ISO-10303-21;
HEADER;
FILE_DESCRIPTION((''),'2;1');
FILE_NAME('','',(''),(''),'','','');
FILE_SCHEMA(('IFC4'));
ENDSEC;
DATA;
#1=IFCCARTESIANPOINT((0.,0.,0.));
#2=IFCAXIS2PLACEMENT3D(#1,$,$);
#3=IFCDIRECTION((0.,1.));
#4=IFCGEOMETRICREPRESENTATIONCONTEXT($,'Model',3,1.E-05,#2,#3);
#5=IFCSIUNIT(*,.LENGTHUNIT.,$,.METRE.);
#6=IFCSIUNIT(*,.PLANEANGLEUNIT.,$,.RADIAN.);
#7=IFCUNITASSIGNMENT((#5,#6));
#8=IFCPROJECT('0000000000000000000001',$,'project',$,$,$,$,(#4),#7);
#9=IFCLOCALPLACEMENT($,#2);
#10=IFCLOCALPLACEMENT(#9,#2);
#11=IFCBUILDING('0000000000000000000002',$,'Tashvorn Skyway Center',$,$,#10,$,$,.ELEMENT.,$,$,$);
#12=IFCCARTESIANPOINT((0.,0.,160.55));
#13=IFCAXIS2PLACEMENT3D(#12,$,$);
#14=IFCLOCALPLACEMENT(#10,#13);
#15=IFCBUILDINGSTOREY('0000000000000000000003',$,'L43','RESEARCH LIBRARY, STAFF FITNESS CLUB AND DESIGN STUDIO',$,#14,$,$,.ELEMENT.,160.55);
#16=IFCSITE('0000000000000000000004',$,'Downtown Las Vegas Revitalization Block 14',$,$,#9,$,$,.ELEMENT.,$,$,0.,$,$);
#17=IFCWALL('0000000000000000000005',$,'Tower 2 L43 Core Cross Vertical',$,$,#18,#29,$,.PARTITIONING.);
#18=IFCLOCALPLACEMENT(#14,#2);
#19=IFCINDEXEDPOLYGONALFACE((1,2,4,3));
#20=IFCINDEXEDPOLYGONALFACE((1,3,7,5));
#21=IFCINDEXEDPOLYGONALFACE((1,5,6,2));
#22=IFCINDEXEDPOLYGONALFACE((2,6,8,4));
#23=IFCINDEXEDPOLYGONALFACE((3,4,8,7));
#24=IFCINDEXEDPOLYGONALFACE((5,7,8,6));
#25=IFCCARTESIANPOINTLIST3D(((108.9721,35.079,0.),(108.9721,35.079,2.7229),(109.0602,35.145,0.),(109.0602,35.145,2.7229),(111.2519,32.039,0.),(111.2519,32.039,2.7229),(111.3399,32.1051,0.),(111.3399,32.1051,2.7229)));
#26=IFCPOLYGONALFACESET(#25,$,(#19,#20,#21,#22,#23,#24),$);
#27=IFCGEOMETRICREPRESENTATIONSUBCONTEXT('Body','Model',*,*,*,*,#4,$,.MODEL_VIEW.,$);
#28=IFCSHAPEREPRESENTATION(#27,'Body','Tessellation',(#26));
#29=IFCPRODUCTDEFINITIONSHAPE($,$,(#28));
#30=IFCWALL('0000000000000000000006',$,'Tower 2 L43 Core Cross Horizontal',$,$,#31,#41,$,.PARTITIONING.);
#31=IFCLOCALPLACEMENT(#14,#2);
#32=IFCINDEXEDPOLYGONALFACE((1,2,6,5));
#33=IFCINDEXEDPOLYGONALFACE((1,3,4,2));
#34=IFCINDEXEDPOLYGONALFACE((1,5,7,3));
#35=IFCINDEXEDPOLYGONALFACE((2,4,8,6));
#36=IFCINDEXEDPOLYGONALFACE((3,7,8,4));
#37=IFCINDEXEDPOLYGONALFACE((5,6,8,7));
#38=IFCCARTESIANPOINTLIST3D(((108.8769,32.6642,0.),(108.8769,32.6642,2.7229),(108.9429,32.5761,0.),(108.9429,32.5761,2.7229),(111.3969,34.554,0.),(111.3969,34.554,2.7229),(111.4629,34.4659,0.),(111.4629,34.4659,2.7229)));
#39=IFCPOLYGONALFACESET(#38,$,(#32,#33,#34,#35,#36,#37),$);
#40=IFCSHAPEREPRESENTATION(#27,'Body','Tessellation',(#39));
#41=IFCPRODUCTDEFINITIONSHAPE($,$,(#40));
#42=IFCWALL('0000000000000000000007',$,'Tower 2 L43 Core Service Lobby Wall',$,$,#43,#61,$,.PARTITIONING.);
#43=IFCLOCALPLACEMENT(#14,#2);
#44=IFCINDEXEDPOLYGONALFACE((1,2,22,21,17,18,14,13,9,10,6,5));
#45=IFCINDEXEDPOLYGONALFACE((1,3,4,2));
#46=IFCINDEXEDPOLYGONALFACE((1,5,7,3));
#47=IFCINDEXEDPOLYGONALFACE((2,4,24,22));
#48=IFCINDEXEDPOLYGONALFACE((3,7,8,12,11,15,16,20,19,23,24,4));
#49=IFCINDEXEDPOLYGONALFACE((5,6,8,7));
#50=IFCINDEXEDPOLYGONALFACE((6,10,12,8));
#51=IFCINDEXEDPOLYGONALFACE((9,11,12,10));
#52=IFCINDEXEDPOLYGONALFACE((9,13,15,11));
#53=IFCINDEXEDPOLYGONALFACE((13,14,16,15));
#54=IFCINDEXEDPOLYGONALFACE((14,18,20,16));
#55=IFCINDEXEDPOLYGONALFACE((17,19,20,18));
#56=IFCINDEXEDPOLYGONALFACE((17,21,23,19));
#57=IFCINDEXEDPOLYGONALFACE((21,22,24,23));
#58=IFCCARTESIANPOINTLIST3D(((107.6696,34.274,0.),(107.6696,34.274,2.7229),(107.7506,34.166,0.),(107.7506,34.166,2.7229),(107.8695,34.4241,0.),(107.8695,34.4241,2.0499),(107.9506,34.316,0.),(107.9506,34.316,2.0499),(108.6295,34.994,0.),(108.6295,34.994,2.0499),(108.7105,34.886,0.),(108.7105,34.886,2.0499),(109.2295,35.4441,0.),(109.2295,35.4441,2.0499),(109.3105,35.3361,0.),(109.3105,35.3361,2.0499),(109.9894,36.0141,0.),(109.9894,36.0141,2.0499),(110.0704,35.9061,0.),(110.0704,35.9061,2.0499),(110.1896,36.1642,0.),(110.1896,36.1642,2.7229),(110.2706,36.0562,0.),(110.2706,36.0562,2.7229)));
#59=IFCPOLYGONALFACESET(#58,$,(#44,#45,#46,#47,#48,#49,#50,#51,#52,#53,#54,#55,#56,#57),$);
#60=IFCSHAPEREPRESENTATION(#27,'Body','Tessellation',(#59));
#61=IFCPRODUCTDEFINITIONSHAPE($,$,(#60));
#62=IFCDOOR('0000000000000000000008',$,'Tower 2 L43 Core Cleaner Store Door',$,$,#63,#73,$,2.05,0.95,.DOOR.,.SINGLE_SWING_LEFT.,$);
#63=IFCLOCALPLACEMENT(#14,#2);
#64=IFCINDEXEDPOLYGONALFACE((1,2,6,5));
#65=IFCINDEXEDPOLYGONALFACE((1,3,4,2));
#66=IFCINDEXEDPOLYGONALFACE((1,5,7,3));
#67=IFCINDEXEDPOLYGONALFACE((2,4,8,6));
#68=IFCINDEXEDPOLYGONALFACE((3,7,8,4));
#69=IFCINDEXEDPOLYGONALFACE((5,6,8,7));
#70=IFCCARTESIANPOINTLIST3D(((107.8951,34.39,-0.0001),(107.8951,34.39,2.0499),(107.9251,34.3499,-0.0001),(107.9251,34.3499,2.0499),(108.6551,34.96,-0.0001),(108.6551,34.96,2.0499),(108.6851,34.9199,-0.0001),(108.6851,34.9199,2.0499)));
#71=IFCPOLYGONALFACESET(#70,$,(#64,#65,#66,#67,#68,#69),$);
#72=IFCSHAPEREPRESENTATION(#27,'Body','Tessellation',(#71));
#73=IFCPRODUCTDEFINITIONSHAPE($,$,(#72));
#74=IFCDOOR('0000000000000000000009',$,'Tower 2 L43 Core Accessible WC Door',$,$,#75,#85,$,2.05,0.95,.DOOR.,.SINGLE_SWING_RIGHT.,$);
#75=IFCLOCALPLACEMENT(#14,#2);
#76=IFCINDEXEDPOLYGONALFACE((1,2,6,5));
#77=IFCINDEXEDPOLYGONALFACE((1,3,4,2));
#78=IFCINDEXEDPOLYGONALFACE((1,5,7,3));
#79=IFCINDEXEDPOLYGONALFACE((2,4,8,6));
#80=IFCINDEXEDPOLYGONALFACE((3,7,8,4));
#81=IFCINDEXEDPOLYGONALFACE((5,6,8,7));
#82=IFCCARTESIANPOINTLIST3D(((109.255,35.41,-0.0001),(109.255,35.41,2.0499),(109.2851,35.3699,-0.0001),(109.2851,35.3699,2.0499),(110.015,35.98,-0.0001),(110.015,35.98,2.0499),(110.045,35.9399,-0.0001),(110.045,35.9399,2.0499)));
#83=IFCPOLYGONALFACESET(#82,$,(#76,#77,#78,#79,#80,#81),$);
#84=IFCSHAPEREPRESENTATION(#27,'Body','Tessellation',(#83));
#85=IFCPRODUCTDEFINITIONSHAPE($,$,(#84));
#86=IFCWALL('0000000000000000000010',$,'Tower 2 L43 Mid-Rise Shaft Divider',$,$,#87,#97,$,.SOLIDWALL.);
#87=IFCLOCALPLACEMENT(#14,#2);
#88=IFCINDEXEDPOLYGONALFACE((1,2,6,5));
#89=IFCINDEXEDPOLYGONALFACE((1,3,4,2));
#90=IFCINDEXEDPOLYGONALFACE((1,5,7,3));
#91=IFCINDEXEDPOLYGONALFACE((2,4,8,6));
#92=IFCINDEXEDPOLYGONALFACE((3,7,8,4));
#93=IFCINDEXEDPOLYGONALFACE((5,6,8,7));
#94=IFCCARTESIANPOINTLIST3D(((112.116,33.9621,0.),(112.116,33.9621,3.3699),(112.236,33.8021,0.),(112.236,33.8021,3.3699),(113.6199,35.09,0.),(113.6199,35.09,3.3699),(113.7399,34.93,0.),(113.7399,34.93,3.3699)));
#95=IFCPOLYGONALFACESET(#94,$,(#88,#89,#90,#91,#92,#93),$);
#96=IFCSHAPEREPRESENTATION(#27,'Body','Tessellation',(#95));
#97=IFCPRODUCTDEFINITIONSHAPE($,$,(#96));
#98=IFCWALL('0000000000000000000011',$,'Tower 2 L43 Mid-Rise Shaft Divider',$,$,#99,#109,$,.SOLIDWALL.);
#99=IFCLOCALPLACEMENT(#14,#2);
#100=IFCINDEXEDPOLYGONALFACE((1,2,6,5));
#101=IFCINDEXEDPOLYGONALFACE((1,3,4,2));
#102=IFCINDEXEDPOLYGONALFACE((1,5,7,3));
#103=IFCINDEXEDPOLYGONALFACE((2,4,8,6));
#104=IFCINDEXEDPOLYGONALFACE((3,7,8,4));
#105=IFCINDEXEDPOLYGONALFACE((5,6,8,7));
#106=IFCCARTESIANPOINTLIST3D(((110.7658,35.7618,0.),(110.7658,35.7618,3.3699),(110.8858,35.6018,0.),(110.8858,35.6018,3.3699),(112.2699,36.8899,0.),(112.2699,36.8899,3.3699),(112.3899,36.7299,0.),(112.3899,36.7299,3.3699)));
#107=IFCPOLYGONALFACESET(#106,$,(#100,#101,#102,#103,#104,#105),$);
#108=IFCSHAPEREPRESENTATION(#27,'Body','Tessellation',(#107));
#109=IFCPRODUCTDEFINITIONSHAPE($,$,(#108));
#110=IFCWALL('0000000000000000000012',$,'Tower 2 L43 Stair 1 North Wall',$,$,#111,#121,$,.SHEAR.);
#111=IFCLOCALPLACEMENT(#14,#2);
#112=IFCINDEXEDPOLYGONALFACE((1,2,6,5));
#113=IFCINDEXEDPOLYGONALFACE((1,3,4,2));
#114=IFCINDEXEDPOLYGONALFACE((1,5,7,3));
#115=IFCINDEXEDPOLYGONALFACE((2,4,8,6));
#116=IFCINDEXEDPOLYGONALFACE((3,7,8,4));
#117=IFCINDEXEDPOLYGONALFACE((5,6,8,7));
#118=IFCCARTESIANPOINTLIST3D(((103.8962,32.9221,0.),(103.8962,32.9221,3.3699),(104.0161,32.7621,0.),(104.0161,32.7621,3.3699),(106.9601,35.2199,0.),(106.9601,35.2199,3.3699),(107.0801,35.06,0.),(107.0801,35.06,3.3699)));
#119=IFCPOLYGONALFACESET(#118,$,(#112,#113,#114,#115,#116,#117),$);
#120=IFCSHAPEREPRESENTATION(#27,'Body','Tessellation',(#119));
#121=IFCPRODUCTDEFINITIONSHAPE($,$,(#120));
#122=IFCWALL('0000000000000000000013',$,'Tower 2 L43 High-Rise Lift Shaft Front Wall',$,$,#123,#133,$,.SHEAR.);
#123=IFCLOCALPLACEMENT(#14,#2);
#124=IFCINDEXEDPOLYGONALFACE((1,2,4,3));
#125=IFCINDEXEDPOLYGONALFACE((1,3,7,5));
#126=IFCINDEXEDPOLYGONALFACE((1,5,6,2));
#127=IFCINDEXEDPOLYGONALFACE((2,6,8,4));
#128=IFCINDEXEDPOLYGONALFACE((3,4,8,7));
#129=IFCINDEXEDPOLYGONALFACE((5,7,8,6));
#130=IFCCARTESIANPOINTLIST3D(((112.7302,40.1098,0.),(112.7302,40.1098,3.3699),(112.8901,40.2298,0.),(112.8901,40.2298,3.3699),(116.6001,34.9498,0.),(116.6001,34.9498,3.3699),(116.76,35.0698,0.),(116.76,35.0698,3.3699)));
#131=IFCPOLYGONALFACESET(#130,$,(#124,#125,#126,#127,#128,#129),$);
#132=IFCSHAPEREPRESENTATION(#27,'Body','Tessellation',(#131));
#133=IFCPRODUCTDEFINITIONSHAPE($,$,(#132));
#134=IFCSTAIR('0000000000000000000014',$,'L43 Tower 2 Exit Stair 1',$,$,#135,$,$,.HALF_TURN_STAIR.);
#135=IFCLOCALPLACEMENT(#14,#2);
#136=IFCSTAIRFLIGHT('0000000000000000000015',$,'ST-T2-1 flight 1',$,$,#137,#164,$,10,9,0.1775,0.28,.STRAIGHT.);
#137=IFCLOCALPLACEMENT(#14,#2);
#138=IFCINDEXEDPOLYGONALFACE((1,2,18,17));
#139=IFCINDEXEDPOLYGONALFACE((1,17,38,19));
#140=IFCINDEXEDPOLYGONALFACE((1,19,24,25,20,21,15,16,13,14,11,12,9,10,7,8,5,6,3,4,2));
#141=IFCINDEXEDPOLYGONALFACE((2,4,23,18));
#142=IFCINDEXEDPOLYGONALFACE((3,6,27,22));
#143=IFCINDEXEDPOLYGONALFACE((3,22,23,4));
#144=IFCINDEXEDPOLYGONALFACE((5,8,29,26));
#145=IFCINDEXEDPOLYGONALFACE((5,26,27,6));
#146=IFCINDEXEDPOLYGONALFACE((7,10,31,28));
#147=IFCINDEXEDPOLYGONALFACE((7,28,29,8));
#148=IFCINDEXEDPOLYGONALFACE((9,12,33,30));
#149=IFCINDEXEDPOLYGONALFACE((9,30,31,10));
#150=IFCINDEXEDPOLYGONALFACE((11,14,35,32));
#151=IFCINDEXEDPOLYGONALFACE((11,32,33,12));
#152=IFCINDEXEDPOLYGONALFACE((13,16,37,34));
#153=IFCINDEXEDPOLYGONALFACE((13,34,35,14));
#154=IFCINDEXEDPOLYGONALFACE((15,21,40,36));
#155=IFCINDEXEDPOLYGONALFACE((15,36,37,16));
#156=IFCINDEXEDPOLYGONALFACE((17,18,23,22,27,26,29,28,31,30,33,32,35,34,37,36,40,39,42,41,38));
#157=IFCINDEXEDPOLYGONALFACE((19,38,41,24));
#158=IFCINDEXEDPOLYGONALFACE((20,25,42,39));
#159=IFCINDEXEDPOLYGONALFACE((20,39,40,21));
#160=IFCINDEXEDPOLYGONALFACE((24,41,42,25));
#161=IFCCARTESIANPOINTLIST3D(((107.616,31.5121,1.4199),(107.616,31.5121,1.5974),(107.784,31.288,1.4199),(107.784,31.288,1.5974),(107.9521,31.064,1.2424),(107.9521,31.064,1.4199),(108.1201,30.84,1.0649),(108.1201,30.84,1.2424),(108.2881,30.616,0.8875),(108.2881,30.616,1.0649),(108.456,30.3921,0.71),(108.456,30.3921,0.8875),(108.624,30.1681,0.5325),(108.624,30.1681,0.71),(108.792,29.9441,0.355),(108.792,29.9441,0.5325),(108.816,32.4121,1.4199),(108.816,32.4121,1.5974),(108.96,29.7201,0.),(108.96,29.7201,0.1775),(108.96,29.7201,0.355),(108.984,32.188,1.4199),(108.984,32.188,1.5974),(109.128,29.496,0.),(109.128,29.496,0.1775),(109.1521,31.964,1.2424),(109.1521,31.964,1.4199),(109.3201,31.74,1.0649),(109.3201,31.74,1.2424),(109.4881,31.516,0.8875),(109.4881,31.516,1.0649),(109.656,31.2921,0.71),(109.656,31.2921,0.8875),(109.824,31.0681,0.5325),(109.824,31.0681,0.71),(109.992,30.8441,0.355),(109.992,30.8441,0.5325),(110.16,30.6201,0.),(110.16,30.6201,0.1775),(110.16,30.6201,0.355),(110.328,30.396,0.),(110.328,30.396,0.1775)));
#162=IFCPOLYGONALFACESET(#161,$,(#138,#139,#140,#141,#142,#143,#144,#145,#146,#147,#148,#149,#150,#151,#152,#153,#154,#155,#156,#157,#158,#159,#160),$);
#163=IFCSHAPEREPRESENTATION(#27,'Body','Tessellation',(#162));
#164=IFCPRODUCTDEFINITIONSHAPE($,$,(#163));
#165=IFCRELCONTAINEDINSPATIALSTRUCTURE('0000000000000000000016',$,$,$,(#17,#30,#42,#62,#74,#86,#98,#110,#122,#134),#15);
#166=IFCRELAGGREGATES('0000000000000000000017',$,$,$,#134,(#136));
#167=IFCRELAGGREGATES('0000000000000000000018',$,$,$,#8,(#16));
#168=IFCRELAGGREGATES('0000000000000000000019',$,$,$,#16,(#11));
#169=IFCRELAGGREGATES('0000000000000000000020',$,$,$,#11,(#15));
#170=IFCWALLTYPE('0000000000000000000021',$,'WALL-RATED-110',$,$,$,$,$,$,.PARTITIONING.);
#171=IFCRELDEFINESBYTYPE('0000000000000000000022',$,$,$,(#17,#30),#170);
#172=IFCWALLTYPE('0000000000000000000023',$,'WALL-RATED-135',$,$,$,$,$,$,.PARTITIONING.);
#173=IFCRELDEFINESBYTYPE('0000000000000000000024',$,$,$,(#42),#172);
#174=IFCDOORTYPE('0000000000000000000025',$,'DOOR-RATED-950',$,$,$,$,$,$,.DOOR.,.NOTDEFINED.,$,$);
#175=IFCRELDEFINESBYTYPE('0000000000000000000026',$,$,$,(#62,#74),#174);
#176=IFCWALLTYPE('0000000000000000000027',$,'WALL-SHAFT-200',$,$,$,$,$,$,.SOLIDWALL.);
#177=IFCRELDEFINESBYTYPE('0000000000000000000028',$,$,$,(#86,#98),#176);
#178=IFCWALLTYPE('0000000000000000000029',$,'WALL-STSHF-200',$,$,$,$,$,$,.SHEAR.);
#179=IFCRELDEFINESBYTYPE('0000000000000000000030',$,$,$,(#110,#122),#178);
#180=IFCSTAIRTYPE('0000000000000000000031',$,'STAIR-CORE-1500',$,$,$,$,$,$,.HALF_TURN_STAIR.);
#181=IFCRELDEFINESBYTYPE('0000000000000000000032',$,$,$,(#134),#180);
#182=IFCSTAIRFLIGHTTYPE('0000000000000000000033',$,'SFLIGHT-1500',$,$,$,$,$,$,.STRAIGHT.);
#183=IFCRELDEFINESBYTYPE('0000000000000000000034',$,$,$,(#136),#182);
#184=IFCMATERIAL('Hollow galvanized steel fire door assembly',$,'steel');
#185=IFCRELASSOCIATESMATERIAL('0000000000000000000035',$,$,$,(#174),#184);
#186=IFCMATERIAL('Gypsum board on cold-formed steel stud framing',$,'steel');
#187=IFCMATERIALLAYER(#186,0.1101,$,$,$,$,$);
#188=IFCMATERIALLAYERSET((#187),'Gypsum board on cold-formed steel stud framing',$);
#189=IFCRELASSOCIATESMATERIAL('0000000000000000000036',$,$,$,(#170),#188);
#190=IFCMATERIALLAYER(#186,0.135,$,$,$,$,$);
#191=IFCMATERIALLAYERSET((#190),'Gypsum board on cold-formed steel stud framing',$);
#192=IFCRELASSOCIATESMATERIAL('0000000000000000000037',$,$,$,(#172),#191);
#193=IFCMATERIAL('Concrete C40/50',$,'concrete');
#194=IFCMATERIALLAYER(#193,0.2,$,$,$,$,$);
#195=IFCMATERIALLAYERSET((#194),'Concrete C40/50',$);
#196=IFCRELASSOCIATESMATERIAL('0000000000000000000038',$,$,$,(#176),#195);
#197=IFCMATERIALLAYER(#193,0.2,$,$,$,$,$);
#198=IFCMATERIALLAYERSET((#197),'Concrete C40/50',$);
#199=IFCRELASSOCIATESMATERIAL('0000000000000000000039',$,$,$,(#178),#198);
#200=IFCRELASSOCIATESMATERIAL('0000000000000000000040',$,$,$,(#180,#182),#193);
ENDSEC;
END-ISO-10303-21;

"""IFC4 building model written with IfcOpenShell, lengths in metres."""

from ifc_helpers import new_model, si_unit, direction, frame, frame_2d, origin, place, context, subcontext, project, spatial, polyline, rectangle, outline, extrude, material, layer, layer_set, type_object, element, fill, aggregate, save


model = new_model("IFC4")

# Units and contexts
model_context = context("Model", 3, precision=1e-05, world=origin(), true_north=direction((0.0, 1.0)))
body_context = subcontext(model_context, "Body", "Model", "MODEL_VIEW")
ifc_project = project(units=[si_unit("LENGTHUNIT", "METRE"), si_unit("PLANEANGLEUNIT", "RADIAN")], contexts=[model_context])

# Site, building, storey
site_placement = place(None, origin())
site = spatial("IfcSite", under=ifc_project, at=site_placement, Name="Downtown Las Vegas Revitalization Block 14", CompositionType="ELEMENT", RefElevation=0.0)
building_placement = place(site_placement, origin())
building = spatial("IfcBuilding", under=site, at=building_placement, Name="Tashvorn Skyway Center", CompositionType="ELEMENT")
storey_placement = place(building_placement, frame((0.0, 0.0, 160.55)))
storey = spatial("IfcBuildingStorey", under=building, at=storey_placement, Name="L43", Description="RESEARCH LIBRARY, STAFF FITNESS CLUB AND DESIGN STUDIO", CompositionType="ELEMENT", Elevation=160.55)

# Shared definitions
ifc_material_1 = material(Name="Concrete C40/50", Category="concrete")
ifc_material_2 = material(Name="Hollow galvanized steel fire door assembly", Category="steel")
door_type = type_object("IfcDoorType", Name="DOOR-RATED-950", OperationType="NOTDEFINED", PredefinedType="DOOR", material=ifc_material_2)

# Walls
ifc_material_3 = material(Name="Gypsum board on cold-formed steel stud framing", Category="steel")
ifc_layer_1 = layer(ifc_material_3, 0.1101)
ifc_layer_set_1 = layer_set([ifc_layer_1], Name="Gypsum board on cold-formed steel stud framing")
wall_type_1 = type_object("IfcWallType", Name="WALL-RATED-110", PredefinedType="PARTITIONING", material=ifc_layer_set_1)
wall_1_placement = place(storey_placement, frame((111.2959, 32.072, 0.0), z_axis=(0.0, 0.0, 1.0), x_axis=(-0.599959, 0.800031, 0.0)))
element("IfcWall", 1, at=wall_1_placement, inside=storey, type_object=wall_type_1, Name="Tower 2 L43 Core Cross Vertical", PredefinedType="PARTITIONING", context=body_context, shape_type="SweptSolid", body=[
    extrude(rectangle(XDim=3.7998, YDim=0.1101, at=frame_2d((1.8999, 0.0))), origin(), (0.0, 0.0, 1.0), 2.7229),
])
wall_2_placement = place(storey_placement, frame((108.9099, 32.6201, 0.0), z_axis=(0.0, 0.0, 1.0), x_axis=(0.800019, 0.599975, 0.0)))
element("IfcWall", 2, at=wall_2_placement, inside=storey, type_object=wall_type_1, Name="Tower 2 L43 Core Cross Horizontal", PredefinedType="PARTITIONING", context=body_context, shape_type="SweptSolid", body=[
    extrude(rectangle(XDim=3.1499, YDim=0.1101, at=frame_2d((1.575, 0.0))), origin(), (0.0, 0.0, 1.0), 2.7229),
])

# Wall, openings, doors
ifc_layer_2 = layer(ifc_material_3, 0.135)
ifc_layer_set_2 = layer_set([ifc_layer_2], Name="Gypsum board on cold-formed steel stud framing")
wall_type_2 = type_object("IfcWallType", Name="WALL-RATED-135", PredefinedType="PARTITIONING", material=ifc_layer_set_2)
wall_3_placement = place(storey_placement, frame((107.71, 34.22, 0.0), z_axis=(0.0, 0.0, 1.0), x_axis=(0.799981, 0.600025, 0.0)))
wall_3 = element("IfcWall", 3, at=wall_3_placement, inside=storey, type_object=wall_type_2, Name="Tower 2 L43 Core Service Lobby Wall", PredefinedType="PARTITIONING", context=body_context, shape_type="SweptSolid", body=[
    extrude(rectangle(XDim=3.1501, YDim=0.135, at=frame_2d((1.5752, 0.0))), origin(), (0.0, 0.0, 1.0), 2.7229),
])
opening_1_placement = place(wall_3_placement, frame((0.25, 0.0, 0.0)))
opening_1 = element("IfcOpeningElement", 4, at=opening_1_placement, cuts=wall_3, PredefinedType="OPENING", context=body_context, shape_type="SweptSolid", body=[
    extrude(rectangle(XDim=0.95, YDim=2.05, at=frame_2d((0.4751, 1.0249))), frame((0.0, 0.0774, 0.0), z_axis=(0.0, -1.0, 0.0), x_axis=(1.0, 0.0, 0.0)), (0.0, 0.0, 1.0), 0.155),
])
opening_2_placement = place(wall_3_placement, frame((1.95, 0.0, 0.0)))
opening_2 = element("IfcOpeningElement", 5, at=opening_2_placement, cuts=wall_3, PredefinedType="OPENING", context=body_context, shape_type="SweptSolid", body=[
    extrude(rectangle(XDim=0.95, YDim=2.05, at=frame_2d((0.4751, 1.0249))), frame((0.0, 0.0774, 0.0), z_axis=(0.0, -1.0, 0.0), x_axis=(1.0, 0.0, 0.0)), (0.0, 0.0, 1.0), 0.155),
])
door_1_placement = place(opening_1_placement, origin())
door_1 = element("IfcDoor", 6, at=door_1_placement, inside=storey, type_object=door_type, Name="Tower 2 L43 Core Cleaner Store Door", OperationType="SINGLE_SWING_LEFT", OverallHeight=2.05, OverallWidth=0.95, PredefinedType="DOOR", context=body_context, shape_type="SweptSolid", body=[
    extrude(rectangle(XDim=0.95, YDim=2.05, at=frame_2d((0.4751, 1.0249))), frame((0.0, 0.0249, 0.0), z_axis=(0.0, -1.0, 0.0), x_axis=(1.0, 0.0, 0.0)), (0.0, 0.0, 1.0), 0.05),
])
fill(opening_1, door_1)
door_2_placement = place(opening_2_placement, origin())
door_2 = element("IfcDoor", 7, at=door_2_placement, inside=storey, type_object=door_type, Name="Tower 2 L43 Core Accessible WC Door", OperationType="SINGLE_SWING_RIGHT", OverallHeight=2.05, OverallWidth=0.95, PredefinedType="DOOR", context=body_context, shape_type="SweptSolid", body=[
    extrude(rectangle(XDim=0.95, YDim=2.05, at=frame_2d((0.4751, 1.0249))), frame((0.0, 0.0249, 0.0), z_axis=(0.0, -1.0, 0.0), x_axis=(1.0, 0.0, 0.0)), (0.0, 0.0, 1.0), 0.05),
])
fill(opening_2, door_2)

# Walls
ifc_layer_3 = layer(ifc_material_1, 0.2)
ifc_layer_set_3 = layer_set([ifc_layer_3], Name="Concrete C40/50")
wall_type_3 = type_object("IfcWallType", Name="WALL-SHAFT-200", PredefinedType="SOLIDWALL", material=ifc_layer_set_3)
wall_4_placement = place(storey_placement, frame((112.176, 33.8821, 0.0), z_axis=(0.0, 0.0, 1.0), x_axis=(0.8, 0.6, 0.0)))
element("IfcWall", 8, at=wall_4_placement, inside=storey, type_object=wall_type_3, Name="Tower 2 L43 Mid-Rise Shaft Divider", PredefinedType="SOLIDWALL", context=body_context, shape_type="SweptSolid", body=[
    extrude(rectangle(XDim=1.8799, YDim=0.2, at=frame_2d((0.9399, 0.0))), origin(), (0.0, 0.0, 1.0), 3.3699),
])
wall_5_placement = place(storey_placement, frame((110.8259, 35.6819, 0.0), z_axis=(0.0, 0.0, 1.0), x_axis=(0.799984, 0.600021, 0.0)))
element("IfcWall", 9, at=wall_5_placement, inside=storey, type_object=wall_type_3, Name="Tower 2 L43 Mid-Rise Shaft Divider", PredefinedType="SOLIDWALL", context=body_context, shape_type="SweptSolid", body=[
    extrude(rectangle(XDim=1.8801, YDim=0.2, at=frame_2d((0.9399, 0.0))), origin(), (0.0, 0.0, 1.0), 3.3699),
])
ifc_layer_4 = layer(ifc_material_1, 0.2)
ifc_layer_set_4 = layer_set([ifc_layer_4], Name="Concrete C40/50")
wall_type_4 = type_object("IfcWallType", Name="WALL-STSHF-200", PredefinedType="SHEAR", material=ifc_layer_set_4)
wall_6_placement = place(storey_placement, frame((103.9561, 32.842, 0.0), z_axis=(0.0, 0.0, 1.0), x_axis=(0.800015, 0.59998, 0.0)))
element("IfcWall", 10, at=wall_6_placement, inside=storey, type_object=wall_type_4, Name="Tower 2 L43 Stair 1 North Wall", PredefinedType="SHEAR", context=body_context, shape_type="SweptSolid", body=[
    extrude(rectangle(XDim=3.8298, YDim=0.2, at=frame_2d((1.915, 0.0))), origin(), (0.0, 0.0, 1.0), 3.3699),
])
wall_7_placement = place(storey_placement, frame((112.8101, 40.1699, 0.0), z_axis=(0.0, 0.0, 1.0), x_axis=(0.599994, -0.800005, 0.0)))
element("IfcWall", 11, at=wall_7_placement, inside=storey, type_object=wall_type_4, Name="Tower 2 L43 High-Rise Lift Shaft Front Wall", PredefinedType="SHEAR", context=body_context, shape_type="SweptSolid", body=[
    extrude(rectangle(XDim=6.45, YDim=0.2, at=frame_2d((3.2251, 0.0))), origin(), (0.0, 0.0, 1.0), 3.3699),
])

# Stair, stair flight
stair_type = type_object("IfcStairType", Name="STAIR-CORE-1500", PredefinedType="HALF_TURN_STAIR", material=ifc_material_1)
stair_placement = place(storey_placement, origin())
stair = element("IfcStair", 12, at=stair_placement, inside=storey, type_object=stair_type, Name="L43 Tower 2 Exit Stair 1", PredefinedType="HALF_TURN_STAIR")
stair_flight_type = type_object("IfcStairFlightType", Name="SFLIGHT-1500", PredefinedType="STRAIGHT", material=ifc_material_1)
stair_flight_1_placement = place(storey_placement, frame((109.728, 29.946, 0.0), z_axis=(0.0, 0.0, 1.0), x_axis=(-0.6, 0.8, 0.0)))
stair_flight_1 = element("IfcStairFlight", 13, at=stair_flight_1_placement, type_object=stair_flight_type, Name="ST-T2-1 flight 1", NumberOfRisers=10, NumberOfTreads=9, PredefinedType="STRAIGHT", RiserHeight=0.1775, TreadLength=0.28, context=body_context, shape_type="SweptSolid", body=[
    extrude(outline(polyline([(0.0, 0.0), (0.0, 0.1775), (0.28, 0.1775), (0.28, 0.355), (0.5601, 0.355), (0.5601, 0.5325), (0.8401, 0.5325), (0.8401, 0.71), (1.1201, 0.71), (1.1201, 0.8875), (1.3999, 0.8875), (1.3999, 1.0649), (1.6799, 1.0649), (1.6799, 1.2424), (1.96, 1.2424), (1.96, 1.4199), (2.24, 1.4199), (2.24, 1.5974), (2.52, 1.5974), (2.52, 1.7749), (2.52, 1.4199), (0.28, 0.0), (0.0, 0.0)])), frame((0.0, 0.75, 0.0), z_axis=(0.0, -1.0, 0.0), x_axis=(1.0, 0.0, 0.0)), (0.0, 0.0, 1.0), 1.5),
])
aggregate(stair, [stair_flight_1])

save(model, "model.ifc")
